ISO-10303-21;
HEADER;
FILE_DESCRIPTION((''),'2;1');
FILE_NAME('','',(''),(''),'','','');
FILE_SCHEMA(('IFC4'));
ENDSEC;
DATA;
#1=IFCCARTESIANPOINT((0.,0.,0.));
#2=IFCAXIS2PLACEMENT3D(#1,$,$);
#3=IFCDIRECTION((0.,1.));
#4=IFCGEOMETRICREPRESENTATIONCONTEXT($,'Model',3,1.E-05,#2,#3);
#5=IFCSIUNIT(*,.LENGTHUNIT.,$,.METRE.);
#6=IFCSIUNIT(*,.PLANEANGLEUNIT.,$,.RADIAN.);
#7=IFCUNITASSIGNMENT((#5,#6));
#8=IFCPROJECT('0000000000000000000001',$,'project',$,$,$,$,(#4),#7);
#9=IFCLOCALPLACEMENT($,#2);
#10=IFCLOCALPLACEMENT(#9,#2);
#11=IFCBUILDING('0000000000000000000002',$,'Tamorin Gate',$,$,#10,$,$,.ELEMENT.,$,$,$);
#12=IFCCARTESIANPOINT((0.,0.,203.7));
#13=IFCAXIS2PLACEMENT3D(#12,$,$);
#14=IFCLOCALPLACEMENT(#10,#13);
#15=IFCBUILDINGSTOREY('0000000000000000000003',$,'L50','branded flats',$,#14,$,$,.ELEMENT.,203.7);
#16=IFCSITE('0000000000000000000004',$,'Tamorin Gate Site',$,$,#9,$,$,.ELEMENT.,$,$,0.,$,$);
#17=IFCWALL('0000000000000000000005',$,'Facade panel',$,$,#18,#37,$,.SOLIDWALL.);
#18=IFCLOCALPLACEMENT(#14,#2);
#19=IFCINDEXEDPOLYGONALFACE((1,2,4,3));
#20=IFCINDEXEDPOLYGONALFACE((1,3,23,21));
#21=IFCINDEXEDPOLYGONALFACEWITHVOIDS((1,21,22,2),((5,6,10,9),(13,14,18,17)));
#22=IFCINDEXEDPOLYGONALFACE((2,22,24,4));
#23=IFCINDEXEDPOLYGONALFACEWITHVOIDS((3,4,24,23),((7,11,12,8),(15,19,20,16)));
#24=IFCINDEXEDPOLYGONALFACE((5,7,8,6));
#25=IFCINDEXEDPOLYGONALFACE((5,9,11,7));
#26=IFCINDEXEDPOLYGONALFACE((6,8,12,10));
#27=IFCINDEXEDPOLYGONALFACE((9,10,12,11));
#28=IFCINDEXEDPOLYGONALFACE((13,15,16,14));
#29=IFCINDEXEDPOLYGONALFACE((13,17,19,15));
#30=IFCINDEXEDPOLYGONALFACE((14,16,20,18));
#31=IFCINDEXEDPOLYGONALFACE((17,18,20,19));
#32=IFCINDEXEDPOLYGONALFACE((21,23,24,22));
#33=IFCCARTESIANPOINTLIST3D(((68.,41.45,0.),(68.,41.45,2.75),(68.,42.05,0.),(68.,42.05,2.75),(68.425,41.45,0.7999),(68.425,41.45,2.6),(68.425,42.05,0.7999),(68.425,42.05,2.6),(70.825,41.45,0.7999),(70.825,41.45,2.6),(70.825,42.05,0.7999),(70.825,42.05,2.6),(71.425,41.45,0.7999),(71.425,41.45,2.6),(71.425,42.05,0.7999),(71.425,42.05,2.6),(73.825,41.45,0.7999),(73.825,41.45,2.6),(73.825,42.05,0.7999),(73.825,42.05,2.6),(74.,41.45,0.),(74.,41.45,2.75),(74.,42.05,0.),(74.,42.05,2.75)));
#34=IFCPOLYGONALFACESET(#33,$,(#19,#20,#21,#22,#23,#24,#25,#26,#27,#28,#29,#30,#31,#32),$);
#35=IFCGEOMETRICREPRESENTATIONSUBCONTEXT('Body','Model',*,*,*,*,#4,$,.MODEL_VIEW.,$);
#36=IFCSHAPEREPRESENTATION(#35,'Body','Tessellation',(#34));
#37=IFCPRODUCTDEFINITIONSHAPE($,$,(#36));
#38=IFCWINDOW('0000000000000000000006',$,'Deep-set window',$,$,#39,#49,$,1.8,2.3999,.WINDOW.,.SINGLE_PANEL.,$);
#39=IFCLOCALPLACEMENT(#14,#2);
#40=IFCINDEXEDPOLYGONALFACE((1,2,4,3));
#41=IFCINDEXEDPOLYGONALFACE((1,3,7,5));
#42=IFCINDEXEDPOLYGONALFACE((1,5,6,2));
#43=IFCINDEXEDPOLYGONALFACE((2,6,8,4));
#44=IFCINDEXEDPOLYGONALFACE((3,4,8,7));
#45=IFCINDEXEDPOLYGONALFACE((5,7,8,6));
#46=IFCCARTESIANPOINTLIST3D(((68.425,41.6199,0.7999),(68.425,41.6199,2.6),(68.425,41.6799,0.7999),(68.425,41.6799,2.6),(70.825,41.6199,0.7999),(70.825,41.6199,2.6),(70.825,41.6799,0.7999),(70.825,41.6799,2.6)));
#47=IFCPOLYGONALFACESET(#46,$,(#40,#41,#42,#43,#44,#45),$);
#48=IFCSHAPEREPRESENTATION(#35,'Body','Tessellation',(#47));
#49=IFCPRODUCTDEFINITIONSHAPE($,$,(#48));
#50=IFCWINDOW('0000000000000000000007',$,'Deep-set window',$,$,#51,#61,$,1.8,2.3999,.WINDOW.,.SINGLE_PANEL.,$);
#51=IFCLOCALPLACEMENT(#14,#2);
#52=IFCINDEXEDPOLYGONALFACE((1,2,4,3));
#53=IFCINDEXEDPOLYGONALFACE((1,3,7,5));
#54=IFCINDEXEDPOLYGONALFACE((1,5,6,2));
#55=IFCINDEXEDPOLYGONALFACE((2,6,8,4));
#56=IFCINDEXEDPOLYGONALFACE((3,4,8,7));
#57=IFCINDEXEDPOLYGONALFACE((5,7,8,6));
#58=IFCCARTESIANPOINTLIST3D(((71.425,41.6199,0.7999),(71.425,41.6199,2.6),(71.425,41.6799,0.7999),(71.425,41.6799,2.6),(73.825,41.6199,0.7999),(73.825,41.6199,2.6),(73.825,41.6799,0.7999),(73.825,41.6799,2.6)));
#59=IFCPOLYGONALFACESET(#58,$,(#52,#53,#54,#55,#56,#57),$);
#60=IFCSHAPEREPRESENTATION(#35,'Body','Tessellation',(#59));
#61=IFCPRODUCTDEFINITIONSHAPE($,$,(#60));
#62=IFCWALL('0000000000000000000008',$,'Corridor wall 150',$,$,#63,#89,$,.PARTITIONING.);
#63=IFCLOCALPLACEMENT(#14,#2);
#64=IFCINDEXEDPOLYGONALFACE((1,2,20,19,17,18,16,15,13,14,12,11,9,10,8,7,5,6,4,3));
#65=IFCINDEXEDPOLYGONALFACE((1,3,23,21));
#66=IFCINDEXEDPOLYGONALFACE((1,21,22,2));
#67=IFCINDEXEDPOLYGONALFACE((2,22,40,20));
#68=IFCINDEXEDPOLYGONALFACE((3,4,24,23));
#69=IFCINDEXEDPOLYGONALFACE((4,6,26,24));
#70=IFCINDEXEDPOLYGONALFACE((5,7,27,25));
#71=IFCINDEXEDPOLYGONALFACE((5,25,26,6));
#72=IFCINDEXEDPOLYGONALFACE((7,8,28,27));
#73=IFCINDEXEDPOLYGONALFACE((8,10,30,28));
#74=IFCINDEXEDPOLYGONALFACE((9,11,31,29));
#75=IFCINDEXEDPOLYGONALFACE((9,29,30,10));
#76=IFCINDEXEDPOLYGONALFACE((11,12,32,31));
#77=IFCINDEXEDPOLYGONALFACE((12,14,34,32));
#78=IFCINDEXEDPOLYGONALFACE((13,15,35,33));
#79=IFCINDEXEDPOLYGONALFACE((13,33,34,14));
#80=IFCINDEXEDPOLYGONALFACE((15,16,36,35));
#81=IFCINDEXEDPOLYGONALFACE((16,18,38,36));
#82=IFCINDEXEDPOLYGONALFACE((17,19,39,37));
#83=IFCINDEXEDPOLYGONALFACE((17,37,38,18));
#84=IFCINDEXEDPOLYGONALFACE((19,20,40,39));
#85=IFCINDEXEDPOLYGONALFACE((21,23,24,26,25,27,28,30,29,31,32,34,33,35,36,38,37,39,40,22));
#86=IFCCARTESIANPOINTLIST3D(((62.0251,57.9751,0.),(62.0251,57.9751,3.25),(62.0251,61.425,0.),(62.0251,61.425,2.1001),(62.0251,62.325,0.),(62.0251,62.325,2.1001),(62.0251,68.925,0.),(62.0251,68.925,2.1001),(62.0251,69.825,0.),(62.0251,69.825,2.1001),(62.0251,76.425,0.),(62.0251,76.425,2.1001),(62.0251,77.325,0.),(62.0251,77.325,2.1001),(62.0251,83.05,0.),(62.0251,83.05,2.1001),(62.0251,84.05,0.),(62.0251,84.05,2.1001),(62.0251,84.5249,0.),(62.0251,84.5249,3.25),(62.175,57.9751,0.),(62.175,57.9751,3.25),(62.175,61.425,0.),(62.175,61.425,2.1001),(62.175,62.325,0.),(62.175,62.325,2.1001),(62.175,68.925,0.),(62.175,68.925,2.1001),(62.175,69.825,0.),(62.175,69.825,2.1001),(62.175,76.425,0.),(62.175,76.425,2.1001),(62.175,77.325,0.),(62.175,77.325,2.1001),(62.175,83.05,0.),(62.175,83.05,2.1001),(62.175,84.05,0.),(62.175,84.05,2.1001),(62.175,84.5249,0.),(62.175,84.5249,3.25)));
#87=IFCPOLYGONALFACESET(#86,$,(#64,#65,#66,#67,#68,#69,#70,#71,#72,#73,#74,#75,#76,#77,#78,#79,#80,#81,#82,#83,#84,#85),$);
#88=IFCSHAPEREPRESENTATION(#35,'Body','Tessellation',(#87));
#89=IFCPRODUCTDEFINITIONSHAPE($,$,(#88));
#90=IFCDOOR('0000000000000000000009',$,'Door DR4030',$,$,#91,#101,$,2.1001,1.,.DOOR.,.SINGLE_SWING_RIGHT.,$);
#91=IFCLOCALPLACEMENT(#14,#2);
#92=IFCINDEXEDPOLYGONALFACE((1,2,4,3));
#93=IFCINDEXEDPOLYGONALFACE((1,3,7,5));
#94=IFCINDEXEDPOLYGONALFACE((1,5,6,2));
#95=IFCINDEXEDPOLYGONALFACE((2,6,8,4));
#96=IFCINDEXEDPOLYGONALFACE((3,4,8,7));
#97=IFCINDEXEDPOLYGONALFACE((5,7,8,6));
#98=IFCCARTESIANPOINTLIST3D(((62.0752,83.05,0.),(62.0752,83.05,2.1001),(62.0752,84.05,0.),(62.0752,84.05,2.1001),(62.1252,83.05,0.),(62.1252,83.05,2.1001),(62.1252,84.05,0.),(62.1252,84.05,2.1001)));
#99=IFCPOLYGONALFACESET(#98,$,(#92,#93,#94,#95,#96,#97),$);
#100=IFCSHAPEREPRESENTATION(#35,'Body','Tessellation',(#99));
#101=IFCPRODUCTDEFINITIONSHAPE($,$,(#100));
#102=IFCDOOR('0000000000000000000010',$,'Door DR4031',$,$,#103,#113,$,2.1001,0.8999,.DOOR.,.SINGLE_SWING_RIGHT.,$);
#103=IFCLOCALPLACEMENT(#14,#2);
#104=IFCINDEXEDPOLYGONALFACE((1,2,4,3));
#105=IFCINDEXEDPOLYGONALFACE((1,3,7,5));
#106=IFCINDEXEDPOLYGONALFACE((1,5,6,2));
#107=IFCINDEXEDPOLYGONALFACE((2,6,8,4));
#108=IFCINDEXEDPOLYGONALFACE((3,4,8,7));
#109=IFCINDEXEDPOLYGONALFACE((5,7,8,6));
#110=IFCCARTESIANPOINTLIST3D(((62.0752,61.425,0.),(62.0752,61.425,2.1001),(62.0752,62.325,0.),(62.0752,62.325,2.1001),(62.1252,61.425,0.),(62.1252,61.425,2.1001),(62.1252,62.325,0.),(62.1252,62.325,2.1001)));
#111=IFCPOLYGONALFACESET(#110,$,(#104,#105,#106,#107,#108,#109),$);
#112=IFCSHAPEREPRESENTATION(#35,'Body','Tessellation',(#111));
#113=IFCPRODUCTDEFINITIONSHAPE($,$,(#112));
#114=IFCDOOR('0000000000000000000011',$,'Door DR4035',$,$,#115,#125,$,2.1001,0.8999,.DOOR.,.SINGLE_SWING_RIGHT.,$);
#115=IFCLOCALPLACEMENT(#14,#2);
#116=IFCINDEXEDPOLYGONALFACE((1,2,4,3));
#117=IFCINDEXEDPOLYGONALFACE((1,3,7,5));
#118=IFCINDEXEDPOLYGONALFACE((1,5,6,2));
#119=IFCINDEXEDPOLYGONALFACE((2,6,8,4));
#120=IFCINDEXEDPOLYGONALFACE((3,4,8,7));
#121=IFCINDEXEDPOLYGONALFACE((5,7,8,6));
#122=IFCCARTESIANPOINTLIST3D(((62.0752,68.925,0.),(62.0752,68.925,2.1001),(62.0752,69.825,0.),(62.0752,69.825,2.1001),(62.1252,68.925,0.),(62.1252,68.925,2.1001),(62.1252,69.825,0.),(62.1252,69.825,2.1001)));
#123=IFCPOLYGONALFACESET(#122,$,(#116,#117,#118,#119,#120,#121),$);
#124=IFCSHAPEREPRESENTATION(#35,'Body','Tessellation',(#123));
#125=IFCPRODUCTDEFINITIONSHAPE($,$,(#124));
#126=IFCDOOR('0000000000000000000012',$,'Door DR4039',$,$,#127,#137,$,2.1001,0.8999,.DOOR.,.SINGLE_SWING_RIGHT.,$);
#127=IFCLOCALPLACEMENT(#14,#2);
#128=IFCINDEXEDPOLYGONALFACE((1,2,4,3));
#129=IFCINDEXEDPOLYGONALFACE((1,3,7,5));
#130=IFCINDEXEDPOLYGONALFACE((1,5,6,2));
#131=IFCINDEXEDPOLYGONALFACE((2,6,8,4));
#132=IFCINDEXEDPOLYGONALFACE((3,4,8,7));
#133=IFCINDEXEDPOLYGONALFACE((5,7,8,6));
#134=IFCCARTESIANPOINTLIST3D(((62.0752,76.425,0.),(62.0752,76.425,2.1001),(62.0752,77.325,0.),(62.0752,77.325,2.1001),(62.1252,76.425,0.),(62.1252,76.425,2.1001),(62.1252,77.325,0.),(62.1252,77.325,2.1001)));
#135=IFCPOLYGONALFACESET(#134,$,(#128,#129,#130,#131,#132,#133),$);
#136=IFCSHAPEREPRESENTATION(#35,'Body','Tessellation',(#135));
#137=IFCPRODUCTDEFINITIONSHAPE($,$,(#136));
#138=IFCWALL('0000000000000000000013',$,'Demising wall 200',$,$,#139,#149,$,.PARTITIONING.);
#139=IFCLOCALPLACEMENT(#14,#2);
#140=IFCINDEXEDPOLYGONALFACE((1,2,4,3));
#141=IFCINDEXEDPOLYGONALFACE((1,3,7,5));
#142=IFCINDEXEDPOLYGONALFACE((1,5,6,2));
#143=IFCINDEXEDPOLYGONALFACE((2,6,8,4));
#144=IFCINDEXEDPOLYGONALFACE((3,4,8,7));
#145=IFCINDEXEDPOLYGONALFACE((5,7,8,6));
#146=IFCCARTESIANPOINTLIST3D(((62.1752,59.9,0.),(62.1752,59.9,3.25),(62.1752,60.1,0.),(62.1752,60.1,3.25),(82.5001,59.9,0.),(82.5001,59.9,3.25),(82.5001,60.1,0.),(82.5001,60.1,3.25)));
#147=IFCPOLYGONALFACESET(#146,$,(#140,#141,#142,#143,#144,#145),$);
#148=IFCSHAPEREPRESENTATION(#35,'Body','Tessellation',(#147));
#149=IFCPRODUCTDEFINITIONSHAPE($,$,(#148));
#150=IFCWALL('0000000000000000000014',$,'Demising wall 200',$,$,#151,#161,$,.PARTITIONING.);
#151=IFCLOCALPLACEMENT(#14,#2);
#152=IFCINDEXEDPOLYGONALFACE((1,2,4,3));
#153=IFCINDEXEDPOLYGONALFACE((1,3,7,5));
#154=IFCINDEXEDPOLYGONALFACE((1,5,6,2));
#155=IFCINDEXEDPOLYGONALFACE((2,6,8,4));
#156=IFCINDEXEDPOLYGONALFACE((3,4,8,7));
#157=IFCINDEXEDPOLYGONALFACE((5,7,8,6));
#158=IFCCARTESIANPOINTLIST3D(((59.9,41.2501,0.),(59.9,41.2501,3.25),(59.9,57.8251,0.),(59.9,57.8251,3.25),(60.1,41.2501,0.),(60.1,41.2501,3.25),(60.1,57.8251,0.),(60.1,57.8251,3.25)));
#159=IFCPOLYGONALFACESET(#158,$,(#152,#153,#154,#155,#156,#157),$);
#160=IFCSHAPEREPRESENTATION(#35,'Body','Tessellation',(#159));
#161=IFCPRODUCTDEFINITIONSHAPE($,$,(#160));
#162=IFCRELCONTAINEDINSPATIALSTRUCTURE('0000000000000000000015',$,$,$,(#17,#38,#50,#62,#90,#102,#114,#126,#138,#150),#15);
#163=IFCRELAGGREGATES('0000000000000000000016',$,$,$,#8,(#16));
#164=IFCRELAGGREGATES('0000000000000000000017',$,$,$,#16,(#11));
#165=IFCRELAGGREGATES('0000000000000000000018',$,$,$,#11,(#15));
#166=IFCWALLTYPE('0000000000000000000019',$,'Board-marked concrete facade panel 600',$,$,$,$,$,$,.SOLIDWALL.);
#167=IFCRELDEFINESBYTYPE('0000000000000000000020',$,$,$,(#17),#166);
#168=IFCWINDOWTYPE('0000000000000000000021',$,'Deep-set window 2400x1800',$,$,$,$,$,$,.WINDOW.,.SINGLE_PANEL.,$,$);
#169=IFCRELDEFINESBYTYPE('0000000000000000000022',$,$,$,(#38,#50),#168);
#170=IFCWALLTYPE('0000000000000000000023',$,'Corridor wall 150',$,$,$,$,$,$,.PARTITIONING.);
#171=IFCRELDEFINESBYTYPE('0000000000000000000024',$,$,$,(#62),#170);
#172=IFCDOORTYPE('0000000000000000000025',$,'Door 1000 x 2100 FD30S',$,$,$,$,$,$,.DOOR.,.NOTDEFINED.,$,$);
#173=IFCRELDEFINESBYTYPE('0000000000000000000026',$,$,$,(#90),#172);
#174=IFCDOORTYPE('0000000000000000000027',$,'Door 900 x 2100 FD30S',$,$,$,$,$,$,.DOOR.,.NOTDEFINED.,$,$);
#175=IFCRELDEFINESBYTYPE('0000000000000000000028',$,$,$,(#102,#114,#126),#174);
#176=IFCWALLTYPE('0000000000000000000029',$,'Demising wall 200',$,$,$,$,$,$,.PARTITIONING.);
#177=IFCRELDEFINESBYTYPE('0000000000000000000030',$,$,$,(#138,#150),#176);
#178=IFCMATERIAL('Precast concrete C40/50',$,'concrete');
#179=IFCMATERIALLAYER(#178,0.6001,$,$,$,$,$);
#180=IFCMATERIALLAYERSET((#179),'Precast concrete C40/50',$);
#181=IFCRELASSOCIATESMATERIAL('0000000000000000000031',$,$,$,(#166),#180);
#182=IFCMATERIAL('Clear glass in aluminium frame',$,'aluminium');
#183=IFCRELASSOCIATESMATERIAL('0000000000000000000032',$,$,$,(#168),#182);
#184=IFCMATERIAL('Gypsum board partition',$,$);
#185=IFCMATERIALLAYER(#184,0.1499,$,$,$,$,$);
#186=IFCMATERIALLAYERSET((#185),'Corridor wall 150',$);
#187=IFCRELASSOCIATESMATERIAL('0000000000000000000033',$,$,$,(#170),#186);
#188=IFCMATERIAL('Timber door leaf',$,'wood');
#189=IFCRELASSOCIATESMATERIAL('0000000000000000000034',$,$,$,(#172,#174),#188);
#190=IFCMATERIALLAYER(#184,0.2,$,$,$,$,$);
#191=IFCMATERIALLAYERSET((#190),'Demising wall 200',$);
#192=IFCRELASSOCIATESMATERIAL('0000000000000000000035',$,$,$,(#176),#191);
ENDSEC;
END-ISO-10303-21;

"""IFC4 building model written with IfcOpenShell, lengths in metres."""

from ifc_helpers import new_model, si_unit, direction, frame, frame_2d, origin, place, context, subcontext, project, spatial, rectangle, extrude, material, layer, layer_set, type_object, element, fill, save


model = new_model("IFC4")

# Units and contexts
model_context = context("Model", 3, precision=1e-05, world=origin(), true_north=direction((0.0, 1.0)))
body_context = subcontext(model_context, "Body", "Model", "MODEL_VIEW")
ifc_project = project(units=[si_unit("LENGTHUNIT", "METRE"), si_unit("PLANEANGLEUNIT", "RADIAN")], contexts=[model_context])

# Site, building, storey
site_placement = place(None, origin())
site = spatial("IfcSite", under=ifc_project, at=site_placement, Name="Tamorin Gate Site", CompositionType="ELEMENT", RefElevation=0.0)
building_placement = place(site_placement, origin())
building = spatial("IfcBuilding", under=site, at=building_placement, Name="Tamorin Gate", CompositionType="ELEMENT")
storey_placement = place(building_placement, frame((0.0, 0.0, 203.7)))
storey = spatial("IfcBuildingStorey", under=building, at=storey_placement, Name="L50", Description="branded flats", CompositionType="ELEMENT", Elevation=203.7)

# Wall, openings, windows
ifc_material_1 = material(Name="Precast concrete C40/50", Category="concrete")
ifc_layer_1 = layer(ifc_material_1, 0.6001)
ifc_layer_set_1 = layer_set([ifc_layer_1], Name="Precast concrete C40/50")
wall_type_1 = type_object("IfcWallType", Name="Board-marked concrete facade panel 600", PredefinedType="SOLIDWALL", material=ifc_layer_set_1)
ifc_material_2 = material(Name="Clear glass in aluminium frame", Category="aluminium")
window_type = type_object("IfcWindowType", Name="Deep-set window 2400x1800", PartitioningType="SINGLE_PANEL", PredefinedType="WINDOW", material=ifc_material_2)
wall_1_placement = place(storey_placement, frame((68.0, 41.75, 0.0), z_axis=(0.0, 0.0, 1.0), x_axis=(1.0, 0.0, 0.0)))
wall_1 = element("IfcWall", 1, at=wall_1_placement, inside=storey, type_object=wall_type_1, Name="Facade panel", PredefinedType="SOLIDWALL", context=body_context, shape_type="SweptSolid", body=[
    extrude(rectangle(XDim=6.0, YDim=0.6001, at=frame_2d((3.0, 0.0))), origin(), (0.0, 0.0, 1.0), 2.75),
])
opening_1_placement = place(wall_1_placement, frame((0.425, 0.0, 0.8)))
opening_1 = element("IfcOpeningElement", 2, at=opening_1_placement, cuts=wall_1, PredefinedType="OPENING", context=body_context, shape_type="SweptSolid", body=[
    extrude(rectangle(XDim=2.3999, YDim=1.8, at=frame_2d((1.2, 0.8999))), frame((0.0, 0.3101, 0.0), z_axis=(0.0, -1.0, 0.0), x_axis=(1.0, 0.0, 0.0)), (0.0, 0.0, 1.0), 0.6201),
])
opening_2_placement = place(wall_1_placement, frame((3.425, 0.0, 0.8)))
opening_2 = element("IfcOpeningElement", 3, at=opening_2_placement, cuts=wall_1, PredefinedType="OPENING", context=body_context, shape_type="SweptSolid", body=[
    extrude(rectangle(XDim=2.3999, YDim=1.8, at=frame_2d((1.2, 0.8999))), frame((0.0, 0.3101, 0.0), z_axis=(0.0, -1.0, 0.0), x_axis=(1.0, 0.0, 0.0)), (0.0, 0.0, 1.0), 0.6201),
])
window_1_placement = place(opening_1_placement, origin())
window_1 = element("IfcWindow", 4, at=window_1_placement, inside=storey, type_object=window_type, Name="Deep-set window", OverallHeight=1.8, OverallWidth=2.3999, PartitioningType="SINGLE_PANEL", PredefinedType="WINDOW", context=body_context, shape_type="SweptSolid", body=[
    extrude(rectangle(XDim=2.3999, YDim=1.8, at=frame_2d((1.2, 0.8999))), frame((0.0, -0.0701, 0.0), z_axis=(0.0, -1.0, 0.0), x_axis=(1.0, 0.0, 0.0)), (0.0, 0.0, 1.0), 0.0601),
])
fill(opening_1, window_1)
window_2_placement = place(opening_2_placement, origin())
window_2 = element("IfcWindow", 5, at=window_2_placement, inside=storey, type_object=window_type, Name="Deep-set window", OverallHeight=1.8, OverallWidth=2.3999, PartitioningType="SINGLE_PANEL", PredefinedType="WINDOW", context=body_context, shape_type="SweptSolid", body=[
    extrude(rectangle(XDim=2.3999, YDim=1.8, at=frame_2d((1.2, 0.8999))), frame((0.0, -0.0701, 0.0), z_axis=(0.0, -1.0, 0.0), x_axis=(1.0, 0.0, 0.0)), (0.0, 0.0, 1.0), 0.0601),
])
fill(opening_2, window_2)

# Wall, openings, doors
ifc_material_3 = material(Name="Gypsum board partition")
ifc_layer_2 = layer(ifc_material_3, 0.1499)
ifc_layer_set_2 = layer_set([ifc_layer_2], Name="Corridor wall 150")
wall_type_2 = type_object("IfcWallType", Name="Corridor wall 150", PredefinedType="PARTITIONING", material=ifc_layer_set_2)
wall_2_placement = place(storey_placement, frame((62.1001, 57.9751, 0.0), z_axis=(0.0, 0.0, 1.0), x_axis=(0.0, 1.0, 0.0)))
wall_2 = element("IfcWall", 6, at=wall_2_placement, inside=storey, type_object=wall_type_2, Name="Corridor wall 150", PredefinedType="PARTITIONING", context=body_context, shape_type="SweptSolid", body=[
    extrude(rectangle(XDim=26.5498, YDim=0.1499, at=frame_2d((13.2749, 0.0))), origin(), (0.0, 0.0, 1.0), 3.25),
])
opening_3_placement = place(wall_2_placement, frame((25.075, 0.0, 0.0)))
opening_3 = element("IfcOpeningElement", 7, at=opening_3_placement, cuts=wall_2, PredefinedType="OPENING", context=body_context, shape_type="SweptSolid", body=[
    extrude(rectangle(XDim=1.0, YDim=2.1001, at=frame_2d((0.5, 1.05))), frame((0.0, 0.085, 0.0), z_axis=(0.0, -1.0, 0.0), x_axis=(1.0, 0.0, 0.0)), (0.0, 0.0, 1.0), 0.1699),
])
opening_4_placement = place(wall_2_placement, frame((3.45, 0.0, 0.0)))
opening_4 = element("IfcOpeningElement", 8, at=opening_4_placement, cuts=wall_2, PredefinedType="OPENING", context=body_context, shape_type="SweptSolid", body=[
    extrude(rectangle(XDim=0.8999, YDim=2.1001, at=frame_2d((0.45, 1.05))), frame((0.0, 0.085, 0.0), z_axis=(0.0, -1.0, 0.0), x_axis=(1.0, 0.0, 0.0)), (0.0, 0.0, 1.0), 0.1699),
])
opening_5_placement = place(wall_2_placement, frame((10.95, 0.0, 0.0)))
opening_5 = element("IfcOpeningElement", 9, at=opening_5_placement, cuts=wall_2, PredefinedType="OPENING", context=body_context, shape_type="SweptSolid", body=[
    extrude(rectangle(XDim=0.8999, YDim=2.1001, at=frame_2d((0.45, 1.05))), frame((0.0, 0.085, 0.0), z_axis=(0.0, -1.0, 0.0), x_axis=(1.0, 0.0, 0.0)), (0.0, 0.0, 1.0), 0.1699),
])
opening_6_placement = place(wall_2_placement, frame((18.45, 0.0, 0.0)))
opening_6 = element("IfcOpeningElement", 10, at=opening_6_placement, cuts=wall_2, PredefinedType="OPENING", context=body_context, shape_type="SweptSolid", body=[
    extrude(rectangle(XDim=0.8999, YDim=2.1001, at=frame_2d((0.45, 1.05))), frame((0.0, 0.085, 0.0), z_axis=(0.0, -1.0, 0.0), x_axis=(1.0, 0.0, 0.0)), (0.0, 0.0, 1.0), 0.1699),
])
ifc_material_4 = material(Name="Timber door leaf", Category="wood")
door_type_1 = type_object("IfcDoorType", Name="Door 1000 x 2100 FD30S", OperationType="NOTDEFINED", PredefinedType="DOOR", material=ifc_material_4)
door_1_placement = place(opening_3_placement, origin())
door_1 = element("IfcDoor", 11, at=door_1_placement, inside=storey, type_object=door_type_1, Name="Door DR4030", OperationType="SINGLE_SWING_RIGHT", OverallHeight=2.1001, OverallWidth=1.0, PredefinedType="DOOR", context=body_context, shape_type="SweptSolid", body=[
    extrude(rectangle(XDim=1.0, YDim=2.1001, at=frame_2d((0.5, 1.05))), frame((0.0, 0.0249, 0.0), z_axis=(0.0, -1.0, 0.0), x_axis=(1.0, 0.0, 0.0)), (0.0, 0.0, 1.0), 0.05),
])
fill(opening_3, door_1)
door_type_2 = type_object("IfcDoorType", Name="Door 900 x 2100 FD30S", OperationType="NOTDEFINED", PredefinedType="DOOR", material=ifc_material_4)
door_2_placement = place(opening_4_placement, origin())
door_2 = element("IfcDoor", 12, at=door_2_placement, inside=storey, type_object=door_type_2, Name="Door DR4031", OperationType="SINGLE_SWING_RIGHT", OverallHeight=2.1001, OverallWidth=0.8999, PredefinedType="DOOR", context=body_context, shape_type="SweptSolid", body=[
    extrude(rectangle(XDim=0.8999, YDim=2.1001, at=frame_2d((0.45, 1.05))), frame((0.0, 0.0249, 0.0), z_axis=(0.0, -1.0, 0.0), x_axis=(1.0, 0.0, 0.0)), (0.0, 0.0, 1.0), 0.05),
])
fill(opening_4, door_2)
door_3_placement = place(opening_5_placement, origin())
door_3 = element("IfcDoor", 13, at=door_3_placement, inside=storey, type_object=door_type_2, Name="Door DR4035", OperationType="SINGLE_SWING_RIGHT", OverallHeight=2.1001, OverallWidth=0.8999, PredefinedType="DOOR", context=body_context, shape_type="SweptSolid", body=[
    extrude(rectangle(XDim=0.8999, YDim=2.1001, at=frame_2d((0.45, 1.05))), frame((0.0, 0.0249, 0.0), z_axis=(0.0, -1.0, 0.0), x_axis=(1.0, 0.0, 0.0)), (0.0, 0.0, 1.0), 0.05),
])
fill(opening_5, door_3)
door_4_placement = place(opening_6_placement, origin())
door_4 = element("IfcDoor", 14, at=door_4_placement, inside=storey, type_object=door_type_2, Name="Door DR4039", OperationType="SINGLE_SWING_RIGHT", OverallHeight=2.1001, OverallWidth=0.8999, PredefinedType="DOOR", context=body_context, shape_type="SweptSolid", body=[
    extrude(rectangle(XDim=0.8999, YDim=2.1001, at=frame_2d((0.45, 1.05))), frame((0.0, 0.0249, 0.0), z_axis=(0.0, -1.0, 0.0), x_axis=(1.0, 0.0, 0.0)), (0.0, 0.0, 1.0), 0.05),
])
fill(opening_6, door_4)

# Walls
ifc_layer_3 = layer(ifc_material_3, 0.2)
ifc_layer_set_3 = layer_set([ifc_layer_3], Name="Demising wall 200")
wall_type_3 = type_object("IfcWallType", Name="Demising wall 200", PredefinedType="PARTITIONING", material=ifc_layer_set_3)
wall_3_placement = place(storey_placement, frame((62.175, 60.0, 0.0), z_axis=(0.0, 0.0, 1.0), x_axis=(1.0, 0.0, 0.0)))
element("IfcWall", 15, at=wall_3_placement, inside=storey, type_object=wall_type_3, Name="Demising wall 200", PredefinedType="PARTITIONING", context=body_context, shape_type="SweptSolid", body=[
    extrude(rectangle(XDim=20.325, YDim=0.2, at=frame_2d((10.1626, 0.0))), origin(), (0.0, 0.0, 1.0), 3.25),
])
wall_4_placement = place(storey_placement, frame((60.0, 41.25, 0.0), z_axis=(0.0, 0.0, 1.0), x_axis=(0.0, 1.0, 0.0)))
element("IfcWall", 16, at=wall_4_placement, inside=storey, type_object=wall_type_3, Name="Demising wall 200", PredefinedType="PARTITIONING", context=body_context, shape_type="SweptSolid", body=[
    extrude(rectangle(XDim=16.575, YDim=0.2, at=frame_2d((8.2876, 0.0))), origin(), (0.0, 0.0, 1.0), 3.25),
])

save(model, "model.ifc")
